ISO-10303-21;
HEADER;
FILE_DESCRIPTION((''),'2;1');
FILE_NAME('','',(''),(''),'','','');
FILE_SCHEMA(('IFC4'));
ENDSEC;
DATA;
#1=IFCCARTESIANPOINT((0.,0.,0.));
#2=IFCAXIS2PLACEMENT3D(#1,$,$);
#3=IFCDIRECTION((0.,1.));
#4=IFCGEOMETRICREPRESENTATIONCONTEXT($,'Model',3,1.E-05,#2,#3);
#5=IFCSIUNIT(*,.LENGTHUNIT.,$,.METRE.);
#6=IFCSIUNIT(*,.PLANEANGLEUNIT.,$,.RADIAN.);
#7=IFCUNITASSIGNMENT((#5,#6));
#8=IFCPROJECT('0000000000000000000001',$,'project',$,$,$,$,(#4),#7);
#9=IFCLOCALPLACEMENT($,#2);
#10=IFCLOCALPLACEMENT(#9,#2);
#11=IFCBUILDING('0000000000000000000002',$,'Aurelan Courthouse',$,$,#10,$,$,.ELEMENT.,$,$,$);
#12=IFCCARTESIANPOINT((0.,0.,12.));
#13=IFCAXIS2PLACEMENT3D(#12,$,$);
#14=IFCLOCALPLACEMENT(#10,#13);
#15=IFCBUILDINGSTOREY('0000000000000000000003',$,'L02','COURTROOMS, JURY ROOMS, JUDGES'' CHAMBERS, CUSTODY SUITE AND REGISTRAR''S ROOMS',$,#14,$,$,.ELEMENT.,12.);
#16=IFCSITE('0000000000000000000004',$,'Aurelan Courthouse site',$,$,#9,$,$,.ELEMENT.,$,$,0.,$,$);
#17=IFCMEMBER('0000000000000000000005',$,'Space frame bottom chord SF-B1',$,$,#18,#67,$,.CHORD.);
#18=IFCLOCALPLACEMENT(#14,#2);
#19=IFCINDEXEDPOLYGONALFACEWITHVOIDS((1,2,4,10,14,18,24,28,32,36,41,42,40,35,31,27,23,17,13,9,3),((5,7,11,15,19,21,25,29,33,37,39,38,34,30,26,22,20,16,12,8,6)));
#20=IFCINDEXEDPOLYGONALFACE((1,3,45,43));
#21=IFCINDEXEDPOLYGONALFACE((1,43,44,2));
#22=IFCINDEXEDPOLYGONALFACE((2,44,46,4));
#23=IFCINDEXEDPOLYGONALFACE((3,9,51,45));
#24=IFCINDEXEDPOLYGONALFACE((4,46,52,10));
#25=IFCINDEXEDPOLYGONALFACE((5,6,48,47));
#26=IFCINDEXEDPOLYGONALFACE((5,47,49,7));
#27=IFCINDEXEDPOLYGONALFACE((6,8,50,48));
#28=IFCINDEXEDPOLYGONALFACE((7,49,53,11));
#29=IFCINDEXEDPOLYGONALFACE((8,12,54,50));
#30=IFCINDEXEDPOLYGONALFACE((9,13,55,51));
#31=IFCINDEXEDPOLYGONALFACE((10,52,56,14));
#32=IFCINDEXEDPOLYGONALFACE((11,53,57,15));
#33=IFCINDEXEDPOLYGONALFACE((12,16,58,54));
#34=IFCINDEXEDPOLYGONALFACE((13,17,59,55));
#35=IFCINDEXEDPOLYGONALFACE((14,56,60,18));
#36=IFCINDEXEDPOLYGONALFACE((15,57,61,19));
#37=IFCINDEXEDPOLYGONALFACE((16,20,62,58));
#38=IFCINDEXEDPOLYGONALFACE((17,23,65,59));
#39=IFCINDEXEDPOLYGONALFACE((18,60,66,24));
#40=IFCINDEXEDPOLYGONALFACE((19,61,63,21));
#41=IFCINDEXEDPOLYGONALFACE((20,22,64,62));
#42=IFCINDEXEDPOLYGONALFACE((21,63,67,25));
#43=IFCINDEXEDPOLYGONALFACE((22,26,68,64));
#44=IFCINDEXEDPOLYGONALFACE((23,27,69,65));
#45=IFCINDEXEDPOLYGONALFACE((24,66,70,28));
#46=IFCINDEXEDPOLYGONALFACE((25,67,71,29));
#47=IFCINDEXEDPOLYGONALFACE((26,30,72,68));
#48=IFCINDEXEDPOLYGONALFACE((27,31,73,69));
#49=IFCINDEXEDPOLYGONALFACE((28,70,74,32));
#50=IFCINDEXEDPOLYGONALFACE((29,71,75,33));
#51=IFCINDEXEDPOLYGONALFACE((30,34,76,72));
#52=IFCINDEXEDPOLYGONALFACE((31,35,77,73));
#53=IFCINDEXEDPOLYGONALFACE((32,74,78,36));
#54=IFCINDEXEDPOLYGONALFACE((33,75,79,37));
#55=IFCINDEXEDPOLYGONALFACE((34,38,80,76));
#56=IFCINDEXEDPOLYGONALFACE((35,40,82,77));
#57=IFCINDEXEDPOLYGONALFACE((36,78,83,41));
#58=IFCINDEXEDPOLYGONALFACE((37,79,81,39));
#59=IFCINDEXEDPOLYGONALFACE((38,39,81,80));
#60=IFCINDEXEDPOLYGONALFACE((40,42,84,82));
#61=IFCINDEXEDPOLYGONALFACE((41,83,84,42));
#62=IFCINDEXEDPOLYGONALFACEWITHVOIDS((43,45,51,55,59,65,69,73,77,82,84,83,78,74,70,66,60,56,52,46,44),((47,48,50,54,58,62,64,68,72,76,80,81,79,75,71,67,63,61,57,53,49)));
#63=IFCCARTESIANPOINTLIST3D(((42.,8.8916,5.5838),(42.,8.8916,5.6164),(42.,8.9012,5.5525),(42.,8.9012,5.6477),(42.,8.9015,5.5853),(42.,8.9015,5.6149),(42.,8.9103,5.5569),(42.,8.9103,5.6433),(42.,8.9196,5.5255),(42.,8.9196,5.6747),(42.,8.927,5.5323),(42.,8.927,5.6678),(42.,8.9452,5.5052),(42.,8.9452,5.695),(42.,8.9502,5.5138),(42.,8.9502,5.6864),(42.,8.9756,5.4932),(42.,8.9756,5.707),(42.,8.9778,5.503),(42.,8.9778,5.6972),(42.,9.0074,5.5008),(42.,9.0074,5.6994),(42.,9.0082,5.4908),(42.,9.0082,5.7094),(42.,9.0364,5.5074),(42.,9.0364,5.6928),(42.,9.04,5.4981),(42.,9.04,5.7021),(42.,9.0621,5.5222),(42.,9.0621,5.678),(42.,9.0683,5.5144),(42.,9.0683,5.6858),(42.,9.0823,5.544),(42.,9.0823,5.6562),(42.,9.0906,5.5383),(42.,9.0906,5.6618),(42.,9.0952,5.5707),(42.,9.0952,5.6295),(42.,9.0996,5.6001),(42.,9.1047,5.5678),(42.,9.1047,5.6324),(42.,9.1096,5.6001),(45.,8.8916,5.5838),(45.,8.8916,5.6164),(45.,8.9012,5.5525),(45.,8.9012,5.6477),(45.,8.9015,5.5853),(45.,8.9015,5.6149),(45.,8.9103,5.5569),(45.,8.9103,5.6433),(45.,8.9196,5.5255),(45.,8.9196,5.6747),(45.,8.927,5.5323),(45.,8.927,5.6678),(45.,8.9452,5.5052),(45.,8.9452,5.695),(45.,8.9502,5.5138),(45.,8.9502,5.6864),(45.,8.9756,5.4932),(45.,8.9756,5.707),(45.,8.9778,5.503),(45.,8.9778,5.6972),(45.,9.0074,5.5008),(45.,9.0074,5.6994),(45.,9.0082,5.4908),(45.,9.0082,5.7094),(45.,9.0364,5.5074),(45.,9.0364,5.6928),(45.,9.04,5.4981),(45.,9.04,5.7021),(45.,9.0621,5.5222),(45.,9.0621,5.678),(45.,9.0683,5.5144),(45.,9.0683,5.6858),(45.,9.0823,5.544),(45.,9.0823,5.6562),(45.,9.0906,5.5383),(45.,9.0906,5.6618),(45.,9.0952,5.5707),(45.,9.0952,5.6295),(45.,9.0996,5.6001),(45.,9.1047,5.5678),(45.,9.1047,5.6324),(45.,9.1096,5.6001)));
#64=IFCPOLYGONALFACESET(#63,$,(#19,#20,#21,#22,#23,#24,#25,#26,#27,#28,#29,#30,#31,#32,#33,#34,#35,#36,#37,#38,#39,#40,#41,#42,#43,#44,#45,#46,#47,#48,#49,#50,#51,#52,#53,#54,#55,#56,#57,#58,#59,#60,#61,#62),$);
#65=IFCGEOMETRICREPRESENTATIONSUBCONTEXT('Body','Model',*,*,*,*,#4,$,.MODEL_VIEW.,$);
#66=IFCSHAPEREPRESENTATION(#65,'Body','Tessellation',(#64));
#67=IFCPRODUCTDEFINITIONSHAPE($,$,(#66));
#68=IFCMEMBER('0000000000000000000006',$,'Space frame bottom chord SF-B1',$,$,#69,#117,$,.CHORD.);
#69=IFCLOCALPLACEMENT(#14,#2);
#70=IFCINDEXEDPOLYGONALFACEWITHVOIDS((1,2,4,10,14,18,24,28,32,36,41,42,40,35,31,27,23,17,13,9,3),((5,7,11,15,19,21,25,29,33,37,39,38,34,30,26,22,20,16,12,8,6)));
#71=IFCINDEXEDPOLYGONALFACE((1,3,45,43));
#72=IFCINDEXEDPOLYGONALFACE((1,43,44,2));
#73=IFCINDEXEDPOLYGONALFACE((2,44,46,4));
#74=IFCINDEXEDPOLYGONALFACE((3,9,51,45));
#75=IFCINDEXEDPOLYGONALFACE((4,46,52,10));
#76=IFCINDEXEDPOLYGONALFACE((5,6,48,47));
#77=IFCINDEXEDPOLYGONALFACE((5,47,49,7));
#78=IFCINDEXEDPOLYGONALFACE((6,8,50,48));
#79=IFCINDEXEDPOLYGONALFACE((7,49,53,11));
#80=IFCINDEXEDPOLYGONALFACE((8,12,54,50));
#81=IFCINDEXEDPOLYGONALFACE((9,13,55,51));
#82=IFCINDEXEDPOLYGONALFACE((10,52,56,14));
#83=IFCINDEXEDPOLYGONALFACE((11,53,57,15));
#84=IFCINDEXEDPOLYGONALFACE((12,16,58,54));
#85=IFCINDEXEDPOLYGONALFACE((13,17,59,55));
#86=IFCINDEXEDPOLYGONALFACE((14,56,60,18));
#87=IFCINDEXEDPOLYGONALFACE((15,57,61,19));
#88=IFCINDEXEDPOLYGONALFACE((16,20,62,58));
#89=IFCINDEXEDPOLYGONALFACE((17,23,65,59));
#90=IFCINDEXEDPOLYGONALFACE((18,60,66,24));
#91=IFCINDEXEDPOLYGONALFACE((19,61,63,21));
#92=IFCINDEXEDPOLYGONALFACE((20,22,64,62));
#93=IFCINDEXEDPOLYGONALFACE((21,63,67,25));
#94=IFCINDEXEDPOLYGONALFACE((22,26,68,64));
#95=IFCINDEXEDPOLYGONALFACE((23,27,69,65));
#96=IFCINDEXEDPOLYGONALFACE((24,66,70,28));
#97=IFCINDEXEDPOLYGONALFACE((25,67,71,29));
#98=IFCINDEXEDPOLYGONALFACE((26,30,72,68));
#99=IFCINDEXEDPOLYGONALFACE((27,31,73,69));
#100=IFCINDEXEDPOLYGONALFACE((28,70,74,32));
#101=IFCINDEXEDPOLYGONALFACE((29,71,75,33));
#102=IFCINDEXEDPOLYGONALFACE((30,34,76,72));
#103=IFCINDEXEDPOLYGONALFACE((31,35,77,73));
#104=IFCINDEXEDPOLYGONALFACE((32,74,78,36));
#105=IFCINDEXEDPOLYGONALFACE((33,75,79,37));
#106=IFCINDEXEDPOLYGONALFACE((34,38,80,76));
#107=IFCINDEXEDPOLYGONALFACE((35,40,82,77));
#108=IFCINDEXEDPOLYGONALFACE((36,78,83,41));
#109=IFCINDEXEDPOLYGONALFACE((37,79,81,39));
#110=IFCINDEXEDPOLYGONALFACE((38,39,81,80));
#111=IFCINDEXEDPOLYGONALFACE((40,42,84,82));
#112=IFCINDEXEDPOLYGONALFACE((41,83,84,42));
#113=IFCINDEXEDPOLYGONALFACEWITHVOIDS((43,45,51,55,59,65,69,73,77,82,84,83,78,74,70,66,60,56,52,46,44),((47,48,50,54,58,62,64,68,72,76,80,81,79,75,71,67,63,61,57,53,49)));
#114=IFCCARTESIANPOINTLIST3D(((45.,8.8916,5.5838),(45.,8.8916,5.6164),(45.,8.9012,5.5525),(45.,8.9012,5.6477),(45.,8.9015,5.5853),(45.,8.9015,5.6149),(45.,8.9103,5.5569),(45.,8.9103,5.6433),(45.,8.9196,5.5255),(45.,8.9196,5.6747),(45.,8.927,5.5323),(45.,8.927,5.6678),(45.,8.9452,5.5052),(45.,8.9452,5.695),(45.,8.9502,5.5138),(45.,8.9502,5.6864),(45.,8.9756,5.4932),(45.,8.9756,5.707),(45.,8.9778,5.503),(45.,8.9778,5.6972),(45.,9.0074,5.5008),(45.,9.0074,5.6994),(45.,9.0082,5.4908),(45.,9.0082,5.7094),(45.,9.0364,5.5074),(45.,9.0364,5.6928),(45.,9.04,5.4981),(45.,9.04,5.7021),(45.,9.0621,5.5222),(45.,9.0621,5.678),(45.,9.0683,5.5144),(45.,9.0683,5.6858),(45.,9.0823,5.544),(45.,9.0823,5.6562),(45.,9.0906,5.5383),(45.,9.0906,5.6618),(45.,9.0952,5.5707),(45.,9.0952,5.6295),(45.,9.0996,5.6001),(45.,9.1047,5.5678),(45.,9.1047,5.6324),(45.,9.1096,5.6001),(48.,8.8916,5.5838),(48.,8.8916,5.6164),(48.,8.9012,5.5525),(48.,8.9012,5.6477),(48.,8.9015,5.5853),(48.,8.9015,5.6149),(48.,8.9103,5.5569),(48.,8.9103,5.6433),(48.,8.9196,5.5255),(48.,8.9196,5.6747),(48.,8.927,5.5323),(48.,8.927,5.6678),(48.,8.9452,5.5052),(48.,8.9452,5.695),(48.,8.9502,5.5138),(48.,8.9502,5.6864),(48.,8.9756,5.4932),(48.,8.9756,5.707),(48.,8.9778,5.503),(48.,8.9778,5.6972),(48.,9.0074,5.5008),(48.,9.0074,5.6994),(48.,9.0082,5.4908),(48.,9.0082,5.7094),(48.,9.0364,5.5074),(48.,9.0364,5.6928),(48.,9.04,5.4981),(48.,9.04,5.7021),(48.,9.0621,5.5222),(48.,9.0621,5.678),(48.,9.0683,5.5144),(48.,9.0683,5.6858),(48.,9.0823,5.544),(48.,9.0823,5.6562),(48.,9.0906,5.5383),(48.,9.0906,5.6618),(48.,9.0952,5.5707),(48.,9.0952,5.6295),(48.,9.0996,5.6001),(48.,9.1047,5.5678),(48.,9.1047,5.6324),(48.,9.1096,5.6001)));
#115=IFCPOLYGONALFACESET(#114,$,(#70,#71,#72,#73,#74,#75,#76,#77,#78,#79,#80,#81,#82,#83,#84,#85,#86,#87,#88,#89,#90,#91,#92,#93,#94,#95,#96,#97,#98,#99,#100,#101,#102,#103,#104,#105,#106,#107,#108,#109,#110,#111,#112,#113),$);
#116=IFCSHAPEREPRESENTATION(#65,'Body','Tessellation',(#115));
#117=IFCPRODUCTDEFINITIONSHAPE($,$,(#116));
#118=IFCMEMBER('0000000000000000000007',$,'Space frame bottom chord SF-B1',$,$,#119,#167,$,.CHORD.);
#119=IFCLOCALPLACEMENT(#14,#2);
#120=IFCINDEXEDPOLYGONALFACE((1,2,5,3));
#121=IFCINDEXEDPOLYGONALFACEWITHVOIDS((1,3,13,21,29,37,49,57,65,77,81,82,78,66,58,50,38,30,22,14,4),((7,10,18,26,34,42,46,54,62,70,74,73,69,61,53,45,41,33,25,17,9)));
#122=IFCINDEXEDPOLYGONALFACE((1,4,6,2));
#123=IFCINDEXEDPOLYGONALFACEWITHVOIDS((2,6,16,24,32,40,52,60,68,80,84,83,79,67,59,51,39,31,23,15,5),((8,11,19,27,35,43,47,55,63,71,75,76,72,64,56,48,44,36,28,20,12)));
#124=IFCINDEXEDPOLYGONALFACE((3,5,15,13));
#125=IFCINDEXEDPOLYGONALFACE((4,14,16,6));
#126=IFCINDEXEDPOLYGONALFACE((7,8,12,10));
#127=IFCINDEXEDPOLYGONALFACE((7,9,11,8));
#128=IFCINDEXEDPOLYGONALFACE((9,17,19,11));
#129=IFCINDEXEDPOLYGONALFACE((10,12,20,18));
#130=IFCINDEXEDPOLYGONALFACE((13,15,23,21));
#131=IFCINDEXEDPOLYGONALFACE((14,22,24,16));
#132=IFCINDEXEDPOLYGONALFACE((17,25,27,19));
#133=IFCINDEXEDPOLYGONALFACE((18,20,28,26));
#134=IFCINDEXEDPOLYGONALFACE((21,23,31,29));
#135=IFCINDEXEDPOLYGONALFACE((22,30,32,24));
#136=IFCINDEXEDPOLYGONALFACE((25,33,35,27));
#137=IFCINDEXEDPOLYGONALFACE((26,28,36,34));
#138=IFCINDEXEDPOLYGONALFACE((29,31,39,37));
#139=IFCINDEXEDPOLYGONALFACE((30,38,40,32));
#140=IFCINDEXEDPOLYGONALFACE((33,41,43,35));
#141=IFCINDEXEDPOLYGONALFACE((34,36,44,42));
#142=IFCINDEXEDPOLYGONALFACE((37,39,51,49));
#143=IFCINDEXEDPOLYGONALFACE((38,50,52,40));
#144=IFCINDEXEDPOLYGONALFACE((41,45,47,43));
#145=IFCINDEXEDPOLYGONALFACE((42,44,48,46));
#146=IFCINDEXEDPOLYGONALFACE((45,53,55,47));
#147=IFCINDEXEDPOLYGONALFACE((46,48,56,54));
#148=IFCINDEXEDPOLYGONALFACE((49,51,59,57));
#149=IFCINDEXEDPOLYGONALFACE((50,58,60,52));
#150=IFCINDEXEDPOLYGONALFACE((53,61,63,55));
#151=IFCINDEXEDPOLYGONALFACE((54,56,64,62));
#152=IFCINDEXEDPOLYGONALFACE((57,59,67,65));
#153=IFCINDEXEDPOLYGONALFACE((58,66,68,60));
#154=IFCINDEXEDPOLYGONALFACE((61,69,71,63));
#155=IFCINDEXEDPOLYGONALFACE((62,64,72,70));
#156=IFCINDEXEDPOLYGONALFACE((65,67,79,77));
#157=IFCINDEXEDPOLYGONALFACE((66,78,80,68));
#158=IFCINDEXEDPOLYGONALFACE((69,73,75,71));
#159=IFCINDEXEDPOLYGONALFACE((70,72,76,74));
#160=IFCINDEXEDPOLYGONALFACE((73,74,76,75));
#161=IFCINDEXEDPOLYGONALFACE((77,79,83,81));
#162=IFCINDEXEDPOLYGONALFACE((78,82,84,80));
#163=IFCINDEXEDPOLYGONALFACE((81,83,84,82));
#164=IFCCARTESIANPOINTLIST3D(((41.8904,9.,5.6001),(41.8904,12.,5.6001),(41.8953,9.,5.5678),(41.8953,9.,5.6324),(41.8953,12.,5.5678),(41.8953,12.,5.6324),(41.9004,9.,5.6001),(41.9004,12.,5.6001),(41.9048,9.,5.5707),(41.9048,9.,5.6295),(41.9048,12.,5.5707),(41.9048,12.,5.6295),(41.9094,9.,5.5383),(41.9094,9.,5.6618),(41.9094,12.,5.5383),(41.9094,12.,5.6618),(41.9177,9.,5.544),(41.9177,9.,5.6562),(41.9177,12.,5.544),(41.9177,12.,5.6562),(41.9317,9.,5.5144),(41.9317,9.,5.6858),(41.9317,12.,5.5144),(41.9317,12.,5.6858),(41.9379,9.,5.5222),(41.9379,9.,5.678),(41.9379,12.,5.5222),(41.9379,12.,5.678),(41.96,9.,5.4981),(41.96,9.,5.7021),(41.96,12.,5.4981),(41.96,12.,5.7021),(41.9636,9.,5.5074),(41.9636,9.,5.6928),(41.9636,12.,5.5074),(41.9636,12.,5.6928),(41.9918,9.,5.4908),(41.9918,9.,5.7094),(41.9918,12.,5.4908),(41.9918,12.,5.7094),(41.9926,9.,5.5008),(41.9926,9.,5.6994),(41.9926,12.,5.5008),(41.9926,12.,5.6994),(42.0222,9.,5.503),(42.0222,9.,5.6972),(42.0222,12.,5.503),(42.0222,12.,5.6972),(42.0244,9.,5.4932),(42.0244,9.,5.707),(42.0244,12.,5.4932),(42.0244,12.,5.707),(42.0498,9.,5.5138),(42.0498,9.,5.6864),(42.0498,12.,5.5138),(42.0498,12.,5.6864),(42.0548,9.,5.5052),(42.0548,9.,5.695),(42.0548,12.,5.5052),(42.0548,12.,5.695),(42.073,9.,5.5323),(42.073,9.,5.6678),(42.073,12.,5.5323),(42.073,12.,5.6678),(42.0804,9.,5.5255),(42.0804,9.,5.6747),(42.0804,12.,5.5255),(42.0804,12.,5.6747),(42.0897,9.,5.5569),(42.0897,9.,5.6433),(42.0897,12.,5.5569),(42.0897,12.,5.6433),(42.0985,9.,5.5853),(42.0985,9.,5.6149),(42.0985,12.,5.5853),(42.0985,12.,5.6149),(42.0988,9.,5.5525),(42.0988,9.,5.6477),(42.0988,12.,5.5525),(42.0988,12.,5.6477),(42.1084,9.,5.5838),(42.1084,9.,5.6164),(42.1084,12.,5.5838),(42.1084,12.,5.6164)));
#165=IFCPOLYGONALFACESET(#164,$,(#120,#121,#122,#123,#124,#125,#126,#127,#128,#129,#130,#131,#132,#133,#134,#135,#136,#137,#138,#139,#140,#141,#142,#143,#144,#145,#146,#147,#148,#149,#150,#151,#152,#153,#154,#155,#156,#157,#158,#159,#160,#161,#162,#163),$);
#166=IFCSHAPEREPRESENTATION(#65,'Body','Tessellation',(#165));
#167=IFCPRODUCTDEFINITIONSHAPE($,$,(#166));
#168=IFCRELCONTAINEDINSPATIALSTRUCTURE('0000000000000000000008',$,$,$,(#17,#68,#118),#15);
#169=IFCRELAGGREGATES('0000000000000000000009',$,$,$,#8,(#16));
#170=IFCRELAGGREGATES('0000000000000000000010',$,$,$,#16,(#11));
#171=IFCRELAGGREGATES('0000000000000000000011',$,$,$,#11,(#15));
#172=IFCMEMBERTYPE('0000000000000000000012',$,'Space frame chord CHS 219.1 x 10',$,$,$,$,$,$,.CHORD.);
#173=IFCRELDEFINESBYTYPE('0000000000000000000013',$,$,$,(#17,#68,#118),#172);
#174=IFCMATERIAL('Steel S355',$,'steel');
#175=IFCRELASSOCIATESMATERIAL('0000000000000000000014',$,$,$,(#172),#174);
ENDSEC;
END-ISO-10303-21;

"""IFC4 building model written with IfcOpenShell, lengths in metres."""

from ifc_helpers import new_model, si_unit, direction, frame, origin, origin_2d, place, context, subcontext, project, spatial, hollow_circle, extrude, material, material_profile, profile_set, type_object, element, save


model = new_model("IFC4")

# Units and contexts
model_context = context("Model", 3, precision=1e-05, world=origin(), true_north=direction((0.0, 1.0)))
body_context = subcontext(model_context, "Body", "Model", "MODEL_VIEW")
ifc_project = project(units=[si_unit("LENGTHUNIT", "METRE"), si_unit("PLANEANGLEUNIT", "RADIAN")], contexts=[model_context])

# Site, building, storey
site_placement = place(None, origin())
site = spatial("IfcSite", under=ifc_project, at=site_placement, Name="Aurelan Courthouse site", CompositionType="ELEMENT", RefElevation=0.0)
building_placement = place(site_placement, origin())
building = spatial("IfcBuilding", under=site, at=building_placement, Name="Aurelan Courthouse", CompositionType="ELEMENT")
storey_placement = place(building_placement, frame((0.0, 0.0, 12.0)))
storey = spatial("IfcBuildingStorey", under=building, at=storey_placement, Name="L02", Description="COURTROOMS, JURY ROOMS, JUDGES' CHAMBERS, CUSTODY SUITE AND REGISTRAR'S ROOMS", CompositionType="ELEMENT", Elevation=12.0)

# Members
ifc_material_1 = material(Name="Steel S355", Category="steel")
ifc_material_profile_1 = material_profile(ifc_material_1, hollow_circle(Radius=0.1096, WallThickness=0.01, at=origin_2d()), Name="CHS 219.1 x 10")
ifc_profile_set_1 = profile_set([ifc_material_profile_1], Name="Steel S355")
member_type_1 = type_object("IfcMemberType", Name="Space frame chord CHS 219.1 x 10", PredefinedType="CHORD", material=ifc_profile_set_1)
for number, where, z_axis, x_axis, name in (
    (1, (42.0, 9.0, 5.6001), (1.0, 0.0, 0.0), (0.0, 1.0, 0.0), "Space frame bottom chord SF-B1"),
    (2, (45.0, 9.0, 5.6001), (1.0, 0.0, 0.0), (0.0, 1.0, 0.0), "Space frame bottom chord SF-B1"),
    (3, (42.0, 9.0, 5.6001), (0.0, 1.0, 0.0), (-1.0, 0.0, 0.0), "Space frame bottom chord SF-B1"),
):
    element("IfcMember", number, at=place(storey_placement, frame(where, z_axis=z_axis, x_axis=x_axis)), inside=storey, type_object=member_type_1, Name=name, PredefinedType="CHORD", context=body_context, shape_type="SweptSolid", body=[
        extrude(hollow_circle(Radius=0.1096, WallThickness=0.01, at=origin_2d()), origin(), (0.0, 0.0, 1.0), 3.0),
    ])

save(model, "model.ifc")
